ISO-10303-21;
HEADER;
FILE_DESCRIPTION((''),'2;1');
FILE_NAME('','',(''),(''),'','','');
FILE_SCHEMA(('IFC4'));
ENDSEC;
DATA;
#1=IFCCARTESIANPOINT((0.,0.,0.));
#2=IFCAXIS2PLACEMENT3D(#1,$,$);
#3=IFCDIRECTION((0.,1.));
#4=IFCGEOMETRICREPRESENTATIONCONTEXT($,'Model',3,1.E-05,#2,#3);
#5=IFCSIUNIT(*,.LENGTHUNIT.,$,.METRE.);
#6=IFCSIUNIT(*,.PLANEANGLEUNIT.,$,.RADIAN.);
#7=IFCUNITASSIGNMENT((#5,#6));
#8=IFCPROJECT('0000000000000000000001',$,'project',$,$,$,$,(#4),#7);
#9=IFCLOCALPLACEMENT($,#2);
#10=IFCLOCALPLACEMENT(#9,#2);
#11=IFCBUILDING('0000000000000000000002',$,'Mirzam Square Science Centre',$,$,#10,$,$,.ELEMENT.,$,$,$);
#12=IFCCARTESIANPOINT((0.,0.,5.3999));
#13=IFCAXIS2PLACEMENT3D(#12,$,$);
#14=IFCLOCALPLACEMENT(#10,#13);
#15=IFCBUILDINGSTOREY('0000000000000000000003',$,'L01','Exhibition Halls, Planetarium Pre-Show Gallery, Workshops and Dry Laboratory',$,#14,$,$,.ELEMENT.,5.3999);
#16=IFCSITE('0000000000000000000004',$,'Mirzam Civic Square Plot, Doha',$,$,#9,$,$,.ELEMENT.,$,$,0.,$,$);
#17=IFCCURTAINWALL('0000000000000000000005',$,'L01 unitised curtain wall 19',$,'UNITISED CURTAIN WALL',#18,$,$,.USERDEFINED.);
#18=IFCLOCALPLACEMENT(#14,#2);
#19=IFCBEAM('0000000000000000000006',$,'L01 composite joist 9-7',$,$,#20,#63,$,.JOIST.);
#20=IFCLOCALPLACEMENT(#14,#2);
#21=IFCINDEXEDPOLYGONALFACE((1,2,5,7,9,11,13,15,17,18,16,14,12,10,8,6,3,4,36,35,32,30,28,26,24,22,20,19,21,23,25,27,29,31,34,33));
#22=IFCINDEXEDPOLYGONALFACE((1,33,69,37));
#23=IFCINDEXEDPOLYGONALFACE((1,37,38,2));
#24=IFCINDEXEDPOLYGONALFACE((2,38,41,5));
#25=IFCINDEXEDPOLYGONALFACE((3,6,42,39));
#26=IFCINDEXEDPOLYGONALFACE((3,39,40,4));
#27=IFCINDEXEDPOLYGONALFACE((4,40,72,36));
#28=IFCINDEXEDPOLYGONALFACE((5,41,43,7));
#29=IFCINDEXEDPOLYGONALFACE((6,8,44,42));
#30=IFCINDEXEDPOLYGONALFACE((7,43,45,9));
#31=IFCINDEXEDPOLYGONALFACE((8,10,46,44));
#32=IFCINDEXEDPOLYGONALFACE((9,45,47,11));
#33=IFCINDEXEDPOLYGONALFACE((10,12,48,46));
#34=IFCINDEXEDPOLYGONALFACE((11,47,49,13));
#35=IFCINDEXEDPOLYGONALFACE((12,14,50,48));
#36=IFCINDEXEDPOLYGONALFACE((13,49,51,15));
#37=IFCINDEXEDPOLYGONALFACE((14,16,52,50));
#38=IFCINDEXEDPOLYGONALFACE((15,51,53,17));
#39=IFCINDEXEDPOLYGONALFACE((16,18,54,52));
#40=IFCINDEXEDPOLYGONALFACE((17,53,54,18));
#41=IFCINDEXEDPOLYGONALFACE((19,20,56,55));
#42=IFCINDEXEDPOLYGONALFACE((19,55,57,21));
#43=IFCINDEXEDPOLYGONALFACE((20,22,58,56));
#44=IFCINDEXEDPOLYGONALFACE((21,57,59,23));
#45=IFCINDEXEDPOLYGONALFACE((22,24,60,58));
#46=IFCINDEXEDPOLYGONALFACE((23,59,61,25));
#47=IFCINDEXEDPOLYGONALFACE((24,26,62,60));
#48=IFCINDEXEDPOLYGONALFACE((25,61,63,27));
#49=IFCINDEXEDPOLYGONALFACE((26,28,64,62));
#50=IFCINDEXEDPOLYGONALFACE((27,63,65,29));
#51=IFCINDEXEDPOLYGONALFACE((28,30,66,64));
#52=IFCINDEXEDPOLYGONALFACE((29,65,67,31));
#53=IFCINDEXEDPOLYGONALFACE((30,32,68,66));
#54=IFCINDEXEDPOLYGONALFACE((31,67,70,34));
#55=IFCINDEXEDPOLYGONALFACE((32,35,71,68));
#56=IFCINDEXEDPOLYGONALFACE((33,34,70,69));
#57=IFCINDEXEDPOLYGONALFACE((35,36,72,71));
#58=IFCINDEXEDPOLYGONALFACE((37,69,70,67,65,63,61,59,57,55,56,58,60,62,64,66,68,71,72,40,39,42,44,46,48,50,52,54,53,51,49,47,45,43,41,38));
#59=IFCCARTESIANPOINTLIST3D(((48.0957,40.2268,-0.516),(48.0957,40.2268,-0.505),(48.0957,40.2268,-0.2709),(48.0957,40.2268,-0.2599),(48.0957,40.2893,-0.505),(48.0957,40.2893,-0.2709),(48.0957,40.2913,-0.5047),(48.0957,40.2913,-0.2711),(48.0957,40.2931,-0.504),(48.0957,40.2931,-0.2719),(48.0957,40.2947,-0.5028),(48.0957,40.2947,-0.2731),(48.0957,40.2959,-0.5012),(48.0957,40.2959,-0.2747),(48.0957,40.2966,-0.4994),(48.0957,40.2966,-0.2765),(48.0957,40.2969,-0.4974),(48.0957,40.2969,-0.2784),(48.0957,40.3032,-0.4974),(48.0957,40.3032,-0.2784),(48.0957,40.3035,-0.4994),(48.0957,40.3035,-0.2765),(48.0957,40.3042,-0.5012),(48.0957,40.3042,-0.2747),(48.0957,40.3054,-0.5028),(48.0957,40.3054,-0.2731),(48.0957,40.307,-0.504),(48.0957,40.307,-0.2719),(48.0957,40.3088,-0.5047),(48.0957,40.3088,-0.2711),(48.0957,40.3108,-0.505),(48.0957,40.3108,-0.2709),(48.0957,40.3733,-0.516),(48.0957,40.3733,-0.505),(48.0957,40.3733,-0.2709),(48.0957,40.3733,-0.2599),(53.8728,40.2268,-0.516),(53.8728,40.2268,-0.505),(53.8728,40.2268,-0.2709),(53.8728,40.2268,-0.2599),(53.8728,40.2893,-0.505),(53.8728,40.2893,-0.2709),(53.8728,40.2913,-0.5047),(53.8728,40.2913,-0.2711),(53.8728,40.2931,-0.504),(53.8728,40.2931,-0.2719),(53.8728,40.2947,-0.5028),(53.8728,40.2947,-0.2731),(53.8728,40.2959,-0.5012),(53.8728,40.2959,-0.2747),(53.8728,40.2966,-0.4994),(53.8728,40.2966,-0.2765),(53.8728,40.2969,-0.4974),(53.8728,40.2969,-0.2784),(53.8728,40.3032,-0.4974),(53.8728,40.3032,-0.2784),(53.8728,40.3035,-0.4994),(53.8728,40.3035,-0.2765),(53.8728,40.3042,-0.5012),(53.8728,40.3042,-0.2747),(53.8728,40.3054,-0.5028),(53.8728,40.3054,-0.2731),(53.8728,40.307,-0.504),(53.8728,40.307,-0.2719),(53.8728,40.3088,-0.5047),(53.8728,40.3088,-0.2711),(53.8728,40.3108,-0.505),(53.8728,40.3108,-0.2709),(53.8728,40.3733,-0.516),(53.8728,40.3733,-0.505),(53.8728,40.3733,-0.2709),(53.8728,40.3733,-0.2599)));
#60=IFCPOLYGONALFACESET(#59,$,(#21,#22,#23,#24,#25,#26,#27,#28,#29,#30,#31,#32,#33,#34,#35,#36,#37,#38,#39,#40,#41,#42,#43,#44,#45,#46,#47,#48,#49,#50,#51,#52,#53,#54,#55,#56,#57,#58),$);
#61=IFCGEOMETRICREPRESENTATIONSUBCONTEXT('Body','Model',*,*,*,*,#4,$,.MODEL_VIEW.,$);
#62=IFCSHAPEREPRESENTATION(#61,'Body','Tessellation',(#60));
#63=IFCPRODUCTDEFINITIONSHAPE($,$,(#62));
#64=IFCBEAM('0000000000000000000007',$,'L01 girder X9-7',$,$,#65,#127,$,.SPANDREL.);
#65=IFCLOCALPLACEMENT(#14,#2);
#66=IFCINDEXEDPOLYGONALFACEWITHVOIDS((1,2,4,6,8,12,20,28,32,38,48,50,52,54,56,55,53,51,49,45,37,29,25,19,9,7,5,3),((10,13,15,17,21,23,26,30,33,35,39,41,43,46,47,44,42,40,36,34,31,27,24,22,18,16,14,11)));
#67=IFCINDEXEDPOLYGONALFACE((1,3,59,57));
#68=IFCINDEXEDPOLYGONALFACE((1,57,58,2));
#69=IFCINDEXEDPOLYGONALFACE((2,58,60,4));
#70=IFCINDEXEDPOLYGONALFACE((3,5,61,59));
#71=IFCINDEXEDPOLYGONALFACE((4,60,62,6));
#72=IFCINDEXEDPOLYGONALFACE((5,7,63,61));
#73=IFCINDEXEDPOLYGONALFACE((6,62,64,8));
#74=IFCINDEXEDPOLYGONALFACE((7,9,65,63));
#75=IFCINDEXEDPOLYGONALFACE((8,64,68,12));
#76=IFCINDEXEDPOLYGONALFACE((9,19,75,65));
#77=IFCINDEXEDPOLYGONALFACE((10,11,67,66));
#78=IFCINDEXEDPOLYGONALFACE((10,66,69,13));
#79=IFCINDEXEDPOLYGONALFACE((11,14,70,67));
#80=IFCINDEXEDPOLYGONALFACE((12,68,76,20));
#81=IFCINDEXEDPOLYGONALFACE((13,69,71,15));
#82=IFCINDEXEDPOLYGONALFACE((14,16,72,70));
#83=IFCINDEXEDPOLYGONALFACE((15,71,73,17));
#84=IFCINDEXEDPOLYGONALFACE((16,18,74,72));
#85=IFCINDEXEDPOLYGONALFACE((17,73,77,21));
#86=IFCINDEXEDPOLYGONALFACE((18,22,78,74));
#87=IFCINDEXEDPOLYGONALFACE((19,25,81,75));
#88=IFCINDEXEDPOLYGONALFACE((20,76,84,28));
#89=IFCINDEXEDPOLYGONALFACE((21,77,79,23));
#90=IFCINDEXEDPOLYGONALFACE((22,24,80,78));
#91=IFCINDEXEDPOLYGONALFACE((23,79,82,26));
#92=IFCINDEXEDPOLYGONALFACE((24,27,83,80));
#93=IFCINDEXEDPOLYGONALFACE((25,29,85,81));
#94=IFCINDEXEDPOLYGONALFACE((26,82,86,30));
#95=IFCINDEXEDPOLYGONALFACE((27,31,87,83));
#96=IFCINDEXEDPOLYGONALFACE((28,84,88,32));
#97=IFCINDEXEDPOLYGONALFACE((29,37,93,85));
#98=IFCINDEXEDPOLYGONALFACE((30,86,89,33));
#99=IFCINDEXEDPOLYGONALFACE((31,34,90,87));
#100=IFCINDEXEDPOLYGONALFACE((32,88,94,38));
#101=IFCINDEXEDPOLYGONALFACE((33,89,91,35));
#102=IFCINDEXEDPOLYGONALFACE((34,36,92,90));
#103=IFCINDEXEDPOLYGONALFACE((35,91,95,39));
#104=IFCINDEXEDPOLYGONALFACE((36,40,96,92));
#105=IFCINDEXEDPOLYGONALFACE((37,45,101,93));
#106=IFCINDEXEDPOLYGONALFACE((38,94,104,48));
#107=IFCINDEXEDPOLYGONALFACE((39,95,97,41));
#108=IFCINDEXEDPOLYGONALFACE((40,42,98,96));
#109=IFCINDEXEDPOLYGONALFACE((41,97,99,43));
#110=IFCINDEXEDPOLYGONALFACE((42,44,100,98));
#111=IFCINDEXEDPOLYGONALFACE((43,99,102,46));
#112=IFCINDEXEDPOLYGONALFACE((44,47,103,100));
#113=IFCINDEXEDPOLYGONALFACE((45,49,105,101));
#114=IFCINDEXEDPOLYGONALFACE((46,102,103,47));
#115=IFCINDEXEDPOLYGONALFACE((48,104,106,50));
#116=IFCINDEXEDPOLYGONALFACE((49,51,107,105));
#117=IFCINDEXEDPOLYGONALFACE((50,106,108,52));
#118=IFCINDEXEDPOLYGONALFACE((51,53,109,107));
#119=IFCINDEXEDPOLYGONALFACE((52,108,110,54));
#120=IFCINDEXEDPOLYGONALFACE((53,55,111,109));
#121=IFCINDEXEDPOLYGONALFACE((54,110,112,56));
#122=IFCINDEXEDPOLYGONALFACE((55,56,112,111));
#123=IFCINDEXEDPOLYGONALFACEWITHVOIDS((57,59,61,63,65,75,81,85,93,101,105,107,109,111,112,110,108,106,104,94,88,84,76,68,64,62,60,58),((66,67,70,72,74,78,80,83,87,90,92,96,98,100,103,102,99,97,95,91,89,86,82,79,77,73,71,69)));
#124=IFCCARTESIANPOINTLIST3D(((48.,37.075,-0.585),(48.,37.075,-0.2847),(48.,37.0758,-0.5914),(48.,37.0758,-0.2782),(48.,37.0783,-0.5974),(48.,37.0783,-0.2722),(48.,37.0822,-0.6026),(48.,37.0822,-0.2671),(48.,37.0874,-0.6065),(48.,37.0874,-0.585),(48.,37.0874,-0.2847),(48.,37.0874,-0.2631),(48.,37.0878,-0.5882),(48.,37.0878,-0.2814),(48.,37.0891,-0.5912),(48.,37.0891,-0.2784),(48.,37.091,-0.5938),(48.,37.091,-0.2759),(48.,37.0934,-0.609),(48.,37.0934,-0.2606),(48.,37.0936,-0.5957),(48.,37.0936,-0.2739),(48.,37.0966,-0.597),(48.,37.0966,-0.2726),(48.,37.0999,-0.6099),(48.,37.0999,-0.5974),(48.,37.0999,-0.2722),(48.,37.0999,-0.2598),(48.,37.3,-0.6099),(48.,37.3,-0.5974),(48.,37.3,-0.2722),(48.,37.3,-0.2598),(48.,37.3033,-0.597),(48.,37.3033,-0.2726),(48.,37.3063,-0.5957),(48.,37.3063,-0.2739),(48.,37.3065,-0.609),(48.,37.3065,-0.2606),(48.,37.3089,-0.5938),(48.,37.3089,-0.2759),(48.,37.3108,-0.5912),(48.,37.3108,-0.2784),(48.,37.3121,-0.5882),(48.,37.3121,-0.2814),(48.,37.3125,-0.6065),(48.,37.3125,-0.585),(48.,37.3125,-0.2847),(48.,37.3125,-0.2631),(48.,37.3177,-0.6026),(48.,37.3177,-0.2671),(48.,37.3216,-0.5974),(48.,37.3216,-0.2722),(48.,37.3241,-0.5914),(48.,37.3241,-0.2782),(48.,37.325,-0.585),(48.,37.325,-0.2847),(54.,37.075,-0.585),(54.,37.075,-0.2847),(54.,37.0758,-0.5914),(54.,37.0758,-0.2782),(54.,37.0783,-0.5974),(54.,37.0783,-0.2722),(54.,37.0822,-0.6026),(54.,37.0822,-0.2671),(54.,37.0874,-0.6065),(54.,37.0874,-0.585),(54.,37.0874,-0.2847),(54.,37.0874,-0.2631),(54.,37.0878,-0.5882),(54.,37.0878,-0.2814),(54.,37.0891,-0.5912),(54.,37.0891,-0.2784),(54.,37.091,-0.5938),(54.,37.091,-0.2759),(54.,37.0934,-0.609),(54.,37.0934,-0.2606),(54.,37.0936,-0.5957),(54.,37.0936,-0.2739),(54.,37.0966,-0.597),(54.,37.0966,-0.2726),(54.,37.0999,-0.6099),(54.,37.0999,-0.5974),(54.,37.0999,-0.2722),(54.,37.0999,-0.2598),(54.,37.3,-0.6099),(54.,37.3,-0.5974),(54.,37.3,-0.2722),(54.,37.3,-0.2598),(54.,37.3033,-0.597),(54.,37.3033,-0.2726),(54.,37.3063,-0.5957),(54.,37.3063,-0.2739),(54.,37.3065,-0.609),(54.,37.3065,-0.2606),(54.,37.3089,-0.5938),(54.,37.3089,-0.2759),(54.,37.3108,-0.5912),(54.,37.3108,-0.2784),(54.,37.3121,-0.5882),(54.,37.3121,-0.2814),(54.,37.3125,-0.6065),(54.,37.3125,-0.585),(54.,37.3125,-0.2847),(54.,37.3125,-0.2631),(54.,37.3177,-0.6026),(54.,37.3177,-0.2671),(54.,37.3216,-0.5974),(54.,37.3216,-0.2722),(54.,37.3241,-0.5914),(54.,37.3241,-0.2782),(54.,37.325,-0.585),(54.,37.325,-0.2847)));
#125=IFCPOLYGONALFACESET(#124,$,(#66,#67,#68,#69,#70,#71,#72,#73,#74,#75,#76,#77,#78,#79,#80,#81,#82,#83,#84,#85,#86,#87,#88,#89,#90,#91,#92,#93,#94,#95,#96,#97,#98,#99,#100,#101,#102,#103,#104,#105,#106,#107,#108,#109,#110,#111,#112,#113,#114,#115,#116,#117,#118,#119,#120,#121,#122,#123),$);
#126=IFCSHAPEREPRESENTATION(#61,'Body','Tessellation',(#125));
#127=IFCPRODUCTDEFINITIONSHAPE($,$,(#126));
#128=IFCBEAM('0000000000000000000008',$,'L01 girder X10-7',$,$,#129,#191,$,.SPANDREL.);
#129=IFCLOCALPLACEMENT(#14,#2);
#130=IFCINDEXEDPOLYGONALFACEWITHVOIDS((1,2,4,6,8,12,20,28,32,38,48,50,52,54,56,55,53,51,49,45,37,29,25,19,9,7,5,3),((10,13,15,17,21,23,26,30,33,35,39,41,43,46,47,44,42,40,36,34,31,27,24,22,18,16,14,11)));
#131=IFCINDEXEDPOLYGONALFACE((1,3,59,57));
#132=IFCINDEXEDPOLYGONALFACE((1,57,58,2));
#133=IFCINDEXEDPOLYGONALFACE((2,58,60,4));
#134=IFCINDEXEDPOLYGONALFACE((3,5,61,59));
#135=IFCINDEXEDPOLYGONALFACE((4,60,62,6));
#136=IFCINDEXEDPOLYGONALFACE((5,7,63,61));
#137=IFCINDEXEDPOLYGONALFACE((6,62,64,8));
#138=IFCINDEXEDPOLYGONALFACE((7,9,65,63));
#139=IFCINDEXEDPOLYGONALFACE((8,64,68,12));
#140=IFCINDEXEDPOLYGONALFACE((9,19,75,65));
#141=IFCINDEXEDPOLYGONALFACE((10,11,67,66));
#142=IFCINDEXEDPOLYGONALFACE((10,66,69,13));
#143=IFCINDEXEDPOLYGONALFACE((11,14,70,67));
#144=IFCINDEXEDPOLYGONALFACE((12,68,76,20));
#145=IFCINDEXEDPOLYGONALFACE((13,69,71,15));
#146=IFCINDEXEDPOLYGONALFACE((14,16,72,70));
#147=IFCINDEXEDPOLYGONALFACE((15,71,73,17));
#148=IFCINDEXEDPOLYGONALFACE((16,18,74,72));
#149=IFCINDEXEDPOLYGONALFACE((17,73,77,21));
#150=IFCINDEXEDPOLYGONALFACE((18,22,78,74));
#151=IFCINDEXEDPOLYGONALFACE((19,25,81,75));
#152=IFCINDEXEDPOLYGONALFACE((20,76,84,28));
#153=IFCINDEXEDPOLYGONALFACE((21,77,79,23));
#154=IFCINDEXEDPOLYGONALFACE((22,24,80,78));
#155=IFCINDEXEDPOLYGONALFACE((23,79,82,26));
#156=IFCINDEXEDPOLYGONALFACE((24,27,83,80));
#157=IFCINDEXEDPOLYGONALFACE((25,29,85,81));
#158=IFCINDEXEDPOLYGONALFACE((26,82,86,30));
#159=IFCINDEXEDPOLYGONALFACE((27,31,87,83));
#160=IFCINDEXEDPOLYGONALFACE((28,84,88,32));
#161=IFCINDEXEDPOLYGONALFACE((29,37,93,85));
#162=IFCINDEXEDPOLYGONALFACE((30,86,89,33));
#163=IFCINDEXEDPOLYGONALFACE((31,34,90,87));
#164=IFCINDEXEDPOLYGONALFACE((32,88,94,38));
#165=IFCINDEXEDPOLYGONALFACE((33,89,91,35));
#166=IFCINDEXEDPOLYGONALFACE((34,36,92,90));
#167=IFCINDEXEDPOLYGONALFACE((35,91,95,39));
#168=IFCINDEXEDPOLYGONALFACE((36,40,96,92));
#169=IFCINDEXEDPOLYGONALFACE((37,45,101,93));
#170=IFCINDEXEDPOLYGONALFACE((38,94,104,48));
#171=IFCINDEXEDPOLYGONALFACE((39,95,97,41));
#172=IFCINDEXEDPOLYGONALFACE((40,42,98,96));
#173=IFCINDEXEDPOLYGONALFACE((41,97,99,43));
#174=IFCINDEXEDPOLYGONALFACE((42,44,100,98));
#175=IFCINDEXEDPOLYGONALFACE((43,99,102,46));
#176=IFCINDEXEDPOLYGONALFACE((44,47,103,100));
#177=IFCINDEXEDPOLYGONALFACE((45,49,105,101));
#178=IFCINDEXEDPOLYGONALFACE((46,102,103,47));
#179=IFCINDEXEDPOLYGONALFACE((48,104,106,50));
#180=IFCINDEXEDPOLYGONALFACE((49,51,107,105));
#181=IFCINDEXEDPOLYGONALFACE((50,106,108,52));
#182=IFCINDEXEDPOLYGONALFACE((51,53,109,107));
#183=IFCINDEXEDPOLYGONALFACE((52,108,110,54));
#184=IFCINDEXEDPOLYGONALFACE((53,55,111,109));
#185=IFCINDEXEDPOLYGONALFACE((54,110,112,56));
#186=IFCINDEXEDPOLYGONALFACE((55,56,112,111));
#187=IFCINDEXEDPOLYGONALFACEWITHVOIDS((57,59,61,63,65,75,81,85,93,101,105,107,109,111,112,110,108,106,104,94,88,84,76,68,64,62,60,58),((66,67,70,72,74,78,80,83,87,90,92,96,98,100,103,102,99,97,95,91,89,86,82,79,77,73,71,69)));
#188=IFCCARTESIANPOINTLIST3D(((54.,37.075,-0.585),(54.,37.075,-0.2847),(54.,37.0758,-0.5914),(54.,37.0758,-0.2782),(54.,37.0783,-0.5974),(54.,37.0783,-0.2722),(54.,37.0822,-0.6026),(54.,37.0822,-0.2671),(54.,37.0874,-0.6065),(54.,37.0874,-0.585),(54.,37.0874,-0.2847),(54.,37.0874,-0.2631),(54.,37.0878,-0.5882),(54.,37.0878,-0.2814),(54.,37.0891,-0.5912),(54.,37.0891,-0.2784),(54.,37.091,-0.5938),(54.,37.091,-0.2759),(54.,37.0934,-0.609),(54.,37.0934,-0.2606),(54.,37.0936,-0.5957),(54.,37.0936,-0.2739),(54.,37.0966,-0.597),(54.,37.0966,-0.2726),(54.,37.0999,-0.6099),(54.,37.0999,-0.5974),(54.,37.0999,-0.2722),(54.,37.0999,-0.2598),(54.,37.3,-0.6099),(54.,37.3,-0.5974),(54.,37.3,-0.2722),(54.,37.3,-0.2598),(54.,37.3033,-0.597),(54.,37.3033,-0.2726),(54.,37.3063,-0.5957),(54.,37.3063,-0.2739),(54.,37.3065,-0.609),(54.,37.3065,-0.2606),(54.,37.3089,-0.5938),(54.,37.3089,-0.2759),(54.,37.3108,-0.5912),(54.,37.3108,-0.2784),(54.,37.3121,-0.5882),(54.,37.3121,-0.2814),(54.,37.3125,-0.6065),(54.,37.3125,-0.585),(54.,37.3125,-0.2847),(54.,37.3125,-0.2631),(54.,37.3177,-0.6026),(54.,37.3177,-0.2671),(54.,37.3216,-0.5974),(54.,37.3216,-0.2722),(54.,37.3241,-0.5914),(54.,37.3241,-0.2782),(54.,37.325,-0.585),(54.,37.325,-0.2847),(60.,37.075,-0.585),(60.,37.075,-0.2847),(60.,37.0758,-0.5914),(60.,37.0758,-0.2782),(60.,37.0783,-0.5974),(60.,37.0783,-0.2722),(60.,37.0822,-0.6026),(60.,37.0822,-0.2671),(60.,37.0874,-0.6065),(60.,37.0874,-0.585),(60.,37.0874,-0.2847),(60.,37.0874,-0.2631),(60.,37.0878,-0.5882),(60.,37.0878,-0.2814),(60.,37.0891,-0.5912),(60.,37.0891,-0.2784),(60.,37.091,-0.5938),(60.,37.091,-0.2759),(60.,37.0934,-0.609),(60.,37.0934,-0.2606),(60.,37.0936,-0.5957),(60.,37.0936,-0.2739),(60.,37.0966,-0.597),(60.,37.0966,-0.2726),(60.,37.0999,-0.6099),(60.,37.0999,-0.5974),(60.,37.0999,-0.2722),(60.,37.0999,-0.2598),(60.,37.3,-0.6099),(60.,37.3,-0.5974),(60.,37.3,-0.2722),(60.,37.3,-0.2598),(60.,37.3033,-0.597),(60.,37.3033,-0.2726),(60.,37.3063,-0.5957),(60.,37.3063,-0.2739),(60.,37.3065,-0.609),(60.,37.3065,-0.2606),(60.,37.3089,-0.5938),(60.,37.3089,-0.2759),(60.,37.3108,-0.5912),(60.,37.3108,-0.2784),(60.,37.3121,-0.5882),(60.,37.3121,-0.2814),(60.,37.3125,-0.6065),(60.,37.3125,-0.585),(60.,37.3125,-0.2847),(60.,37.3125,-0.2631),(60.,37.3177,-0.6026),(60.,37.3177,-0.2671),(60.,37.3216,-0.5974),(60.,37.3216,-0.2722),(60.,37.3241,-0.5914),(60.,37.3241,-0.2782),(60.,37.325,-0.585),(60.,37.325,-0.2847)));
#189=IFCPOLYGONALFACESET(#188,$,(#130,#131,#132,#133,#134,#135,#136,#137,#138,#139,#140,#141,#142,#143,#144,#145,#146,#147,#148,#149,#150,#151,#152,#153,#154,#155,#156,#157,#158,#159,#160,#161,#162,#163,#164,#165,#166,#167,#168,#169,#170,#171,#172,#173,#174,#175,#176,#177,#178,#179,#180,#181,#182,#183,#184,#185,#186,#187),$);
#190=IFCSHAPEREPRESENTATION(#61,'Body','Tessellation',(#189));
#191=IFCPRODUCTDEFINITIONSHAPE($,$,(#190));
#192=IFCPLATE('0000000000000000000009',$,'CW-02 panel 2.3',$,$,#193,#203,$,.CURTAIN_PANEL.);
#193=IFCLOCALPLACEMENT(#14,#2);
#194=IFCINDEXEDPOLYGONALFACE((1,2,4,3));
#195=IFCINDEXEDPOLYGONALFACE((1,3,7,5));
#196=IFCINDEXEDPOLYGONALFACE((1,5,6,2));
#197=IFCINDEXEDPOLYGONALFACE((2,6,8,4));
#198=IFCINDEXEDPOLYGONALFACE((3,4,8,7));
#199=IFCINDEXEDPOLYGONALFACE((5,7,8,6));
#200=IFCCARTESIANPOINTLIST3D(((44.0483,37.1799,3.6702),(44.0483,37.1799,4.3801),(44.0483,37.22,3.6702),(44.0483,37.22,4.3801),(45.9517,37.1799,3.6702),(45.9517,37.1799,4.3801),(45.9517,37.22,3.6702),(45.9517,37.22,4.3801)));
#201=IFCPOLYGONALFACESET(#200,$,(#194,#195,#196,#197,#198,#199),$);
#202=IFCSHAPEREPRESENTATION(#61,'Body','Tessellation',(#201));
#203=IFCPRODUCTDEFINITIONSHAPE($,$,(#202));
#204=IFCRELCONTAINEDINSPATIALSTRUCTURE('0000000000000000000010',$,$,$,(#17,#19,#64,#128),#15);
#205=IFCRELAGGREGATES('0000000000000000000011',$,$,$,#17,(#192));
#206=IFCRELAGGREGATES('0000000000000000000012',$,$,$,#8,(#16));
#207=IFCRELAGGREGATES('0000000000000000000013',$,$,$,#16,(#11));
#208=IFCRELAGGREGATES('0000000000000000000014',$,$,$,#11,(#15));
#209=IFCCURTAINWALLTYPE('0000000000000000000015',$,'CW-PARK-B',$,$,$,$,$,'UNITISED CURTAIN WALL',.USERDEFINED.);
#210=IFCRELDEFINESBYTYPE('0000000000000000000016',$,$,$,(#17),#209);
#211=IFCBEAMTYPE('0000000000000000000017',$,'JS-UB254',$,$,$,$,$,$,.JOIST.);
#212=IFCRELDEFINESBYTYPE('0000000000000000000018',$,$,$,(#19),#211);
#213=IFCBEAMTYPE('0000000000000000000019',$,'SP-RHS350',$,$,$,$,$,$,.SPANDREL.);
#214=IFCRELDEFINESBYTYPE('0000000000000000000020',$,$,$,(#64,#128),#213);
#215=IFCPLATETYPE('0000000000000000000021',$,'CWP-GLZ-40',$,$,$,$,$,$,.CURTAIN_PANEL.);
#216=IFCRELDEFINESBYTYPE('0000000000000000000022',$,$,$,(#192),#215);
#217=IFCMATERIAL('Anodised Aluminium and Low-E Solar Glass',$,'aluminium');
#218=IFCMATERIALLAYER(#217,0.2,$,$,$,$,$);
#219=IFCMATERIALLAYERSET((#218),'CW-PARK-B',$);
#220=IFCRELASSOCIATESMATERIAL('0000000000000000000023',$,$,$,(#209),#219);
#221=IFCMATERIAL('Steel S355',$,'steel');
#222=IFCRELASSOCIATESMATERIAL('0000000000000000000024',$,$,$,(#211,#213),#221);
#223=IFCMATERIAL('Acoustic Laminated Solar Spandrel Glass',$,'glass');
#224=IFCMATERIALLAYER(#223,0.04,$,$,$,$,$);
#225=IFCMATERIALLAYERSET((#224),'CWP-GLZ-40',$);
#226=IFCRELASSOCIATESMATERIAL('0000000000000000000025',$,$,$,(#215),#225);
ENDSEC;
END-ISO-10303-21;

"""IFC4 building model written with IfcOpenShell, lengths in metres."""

from ifc_helpers import new_model, si_unit, direction, frame, origin, origin_2d, place, context, subcontext, project, spatial, rectangle, hollow_rectangle, i_section, extrude, material, layer, layer_set, material_profile, profile_set, type_object, element, aggregate, save


model = new_model("IFC4")

# Units and contexts
model_context = context("Model", 3, precision=1e-05, world=origin(), true_north=direction((0.0, 1.0)))
body_context = subcontext(model_context, "Body", "Model", "MODEL_VIEW")
ifc_project = project(units=[si_unit("LENGTHUNIT", "METRE"), si_unit("PLANEANGLEUNIT", "RADIAN")], contexts=[model_context])

# Site, building, storey
site_placement = place(None, origin())
site = spatial("IfcSite", under=ifc_project, at=site_placement, Name="Mirzam Civic Square Plot, Doha", CompositionType="ELEMENT", RefElevation=0.0)
building_placement = place(site_placement, origin())
building = spatial("IfcBuilding", under=site, at=building_placement, Name="Mirzam Square Science Centre", CompositionType="ELEMENT")
storey_placement = place(building_placement, frame((0.0, 0.0, 5.3999)))
storey = spatial("IfcBuildingStorey", under=building, at=storey_placement, Name="L01", Description="Exhibition Halls, Planetarium Pre-Show Gallery, Workshops and Dry Laboratory", CompositionType="ELEMENT", Elevation=5.3999)

# Shared definitions
ifc_material_1 = material(Name="Steel S355", Category="steel")

# Curtain wall
ifc_material_2 = material(Name="Anodised Aluminium and Low-E Solar Glass", Category="aluminium")
ifc_layer_1 = layer(ifc_material_2, 0.2)
ifc_layer_set_1 = layer_set([ifc_layer_1], Name="CW-PARK-B")
curtain_wall_type_1 = type_object("IfcCurtainWallType", Name="CW-PARK-B", ElementType="UNITISED CURTAIN WALL", PredefinedType="USERDEFINED", material=ifc_layer_set_1)
curtain_wall_1_placement = place(storey_placement, origin())
curtain_wall_1 = element("IfcCurtainWall", 1, at=curtain_wall_1_placement, inside=storey, type_object=curtain_wall_type_1, Name="L01 unitised curtain wall 19", ObjectType="UNITISED CURTAIN WALL", PredefinedType="USERDEFINED")

# Beams
ifc_material_profile_1 = material_profile(ifc_material_1, i_section(OverallWidth=0.1465, OverallDepth=0.2561, WebThickness=0.0063, FlangeThickness=0.011, FilletRadius=0.0076, at=origin_2d()), Name="254x146x37UB")
ifc_profile_set_1 = profile_set([ifc_material_profile_1], Name="Steel S355")
beam_type_1 = type_object("IfcBeamType", Name="JS-UB254", PredefinedType="JOIST", material=ifc_profile_set_1)
beam_1_placement = place(storey_placement, frame((48.0957, 40.3, -0.3879), z_axis=(1.0, 0.0, 0.0), x_axis=(0.0, 1.0, 0.0)))
element("IfcBeam", 2, at=beam_1_placement, inside=storey, type_object=beam_type_1, Name="L01 composite joist 9-7", PredefinedType="JOIST", context=body_context, shape_type="SweptSolid", body=[
    extrude(i_section(OverallWidth=0.1465, OverallDepth=0.2561, WebThickness=0.0063, FlangeThickness=0.011, FilletRadius=0.0076, at=origin_2d()), origin(), (0.0, 0.0, 1.0), 5.7771),
])
ifc_material_profile_2 = material_profile(ifc_material_1, hollow_rectangle(XDim=0.25, YDim=0.3501, WallThickness=0.0125, InnerFilletRadius=0.0125, OuterFilletRadius=0.0249, at=origin_2d()), Name="350x250x12.5RHS")
ifc_profile_set_2 = profile_set([ifc_material_profile_2], Name="Steel S355")
beam_type_2 = type_object("IfcBeamType", Name="SP-RHS350", PredefinedType="SPANDREL", material=ifc_profile_set_2)
for number, where, z_axis, x_axis, name in (
    (3, (48.0, 37.2, -0.4348), (1.0, 0.0, 0.0), (0.0, 1.0, 0.0), "L01 girder X9-7"),
    (4, (54.0, 37.2, -0.4348), (1.0, 0.0, 0.0), (0.0, 1.0, 0.0), "L01 girder X10-7"),
):
    element("IfcBeam", number, at=place(storey_placement, frame(where, z_axis=z_axis, x_axis=x_axis)), inside=storey, type_object=beam_type_2, Name=name, PredefinedType="SPANDREL", context=body_context, shape_type="SweptSolid", body=[
        extrude(hollow_rectangle(XDim=0.25, YDim=0.3501, WallThickness=0.0125, InnerFilletRadius=0.0125, OuterFilletRadius=0.0249, at=origin_2d()), origin(), (0.0, 0.0, 1.0), 6.0),
    ])

# Plate
ifc_material_3 = material(Name="Acoustic Laminated Solar Spandrel Glass", Category="glass")
ifc_layer_2 = layer(ifc_material_3, 0.04)
ifc_layer_set_2 = layer_set([ifc_layer_2], Name="CWP-GLZ-40")
plate_type = type_object("IfcPlateType", Name="CWP-GLZ-40", PredefinedType="CURTAIN_PANEL", material=ifc_layer_set_2)
plate_1_placement = place(storey_placement, frame((45.0, 37.2, 3.6702), z_axis=(0.0, 0.0, 1.0), x_axis=(1.0, 0.0, 0.0)))
plate_1 = element("IfcPlate", 5, at=plate_1_placement, type_object=plate_type, Name="CW-02 panel 2.3", PredefinedType="CURTAIN_PANEL", context=body_context, shape_type="SweptSolid", body=[
    extrude(rectangle(XDim=1.9033, YDim=0.04, at=origin_2d()), origin(), (0.0, 0.0, 1.0), 0.71),
])
aggregate(curtain_wall_1, [plate_1])

save(model, "model.ifc")
